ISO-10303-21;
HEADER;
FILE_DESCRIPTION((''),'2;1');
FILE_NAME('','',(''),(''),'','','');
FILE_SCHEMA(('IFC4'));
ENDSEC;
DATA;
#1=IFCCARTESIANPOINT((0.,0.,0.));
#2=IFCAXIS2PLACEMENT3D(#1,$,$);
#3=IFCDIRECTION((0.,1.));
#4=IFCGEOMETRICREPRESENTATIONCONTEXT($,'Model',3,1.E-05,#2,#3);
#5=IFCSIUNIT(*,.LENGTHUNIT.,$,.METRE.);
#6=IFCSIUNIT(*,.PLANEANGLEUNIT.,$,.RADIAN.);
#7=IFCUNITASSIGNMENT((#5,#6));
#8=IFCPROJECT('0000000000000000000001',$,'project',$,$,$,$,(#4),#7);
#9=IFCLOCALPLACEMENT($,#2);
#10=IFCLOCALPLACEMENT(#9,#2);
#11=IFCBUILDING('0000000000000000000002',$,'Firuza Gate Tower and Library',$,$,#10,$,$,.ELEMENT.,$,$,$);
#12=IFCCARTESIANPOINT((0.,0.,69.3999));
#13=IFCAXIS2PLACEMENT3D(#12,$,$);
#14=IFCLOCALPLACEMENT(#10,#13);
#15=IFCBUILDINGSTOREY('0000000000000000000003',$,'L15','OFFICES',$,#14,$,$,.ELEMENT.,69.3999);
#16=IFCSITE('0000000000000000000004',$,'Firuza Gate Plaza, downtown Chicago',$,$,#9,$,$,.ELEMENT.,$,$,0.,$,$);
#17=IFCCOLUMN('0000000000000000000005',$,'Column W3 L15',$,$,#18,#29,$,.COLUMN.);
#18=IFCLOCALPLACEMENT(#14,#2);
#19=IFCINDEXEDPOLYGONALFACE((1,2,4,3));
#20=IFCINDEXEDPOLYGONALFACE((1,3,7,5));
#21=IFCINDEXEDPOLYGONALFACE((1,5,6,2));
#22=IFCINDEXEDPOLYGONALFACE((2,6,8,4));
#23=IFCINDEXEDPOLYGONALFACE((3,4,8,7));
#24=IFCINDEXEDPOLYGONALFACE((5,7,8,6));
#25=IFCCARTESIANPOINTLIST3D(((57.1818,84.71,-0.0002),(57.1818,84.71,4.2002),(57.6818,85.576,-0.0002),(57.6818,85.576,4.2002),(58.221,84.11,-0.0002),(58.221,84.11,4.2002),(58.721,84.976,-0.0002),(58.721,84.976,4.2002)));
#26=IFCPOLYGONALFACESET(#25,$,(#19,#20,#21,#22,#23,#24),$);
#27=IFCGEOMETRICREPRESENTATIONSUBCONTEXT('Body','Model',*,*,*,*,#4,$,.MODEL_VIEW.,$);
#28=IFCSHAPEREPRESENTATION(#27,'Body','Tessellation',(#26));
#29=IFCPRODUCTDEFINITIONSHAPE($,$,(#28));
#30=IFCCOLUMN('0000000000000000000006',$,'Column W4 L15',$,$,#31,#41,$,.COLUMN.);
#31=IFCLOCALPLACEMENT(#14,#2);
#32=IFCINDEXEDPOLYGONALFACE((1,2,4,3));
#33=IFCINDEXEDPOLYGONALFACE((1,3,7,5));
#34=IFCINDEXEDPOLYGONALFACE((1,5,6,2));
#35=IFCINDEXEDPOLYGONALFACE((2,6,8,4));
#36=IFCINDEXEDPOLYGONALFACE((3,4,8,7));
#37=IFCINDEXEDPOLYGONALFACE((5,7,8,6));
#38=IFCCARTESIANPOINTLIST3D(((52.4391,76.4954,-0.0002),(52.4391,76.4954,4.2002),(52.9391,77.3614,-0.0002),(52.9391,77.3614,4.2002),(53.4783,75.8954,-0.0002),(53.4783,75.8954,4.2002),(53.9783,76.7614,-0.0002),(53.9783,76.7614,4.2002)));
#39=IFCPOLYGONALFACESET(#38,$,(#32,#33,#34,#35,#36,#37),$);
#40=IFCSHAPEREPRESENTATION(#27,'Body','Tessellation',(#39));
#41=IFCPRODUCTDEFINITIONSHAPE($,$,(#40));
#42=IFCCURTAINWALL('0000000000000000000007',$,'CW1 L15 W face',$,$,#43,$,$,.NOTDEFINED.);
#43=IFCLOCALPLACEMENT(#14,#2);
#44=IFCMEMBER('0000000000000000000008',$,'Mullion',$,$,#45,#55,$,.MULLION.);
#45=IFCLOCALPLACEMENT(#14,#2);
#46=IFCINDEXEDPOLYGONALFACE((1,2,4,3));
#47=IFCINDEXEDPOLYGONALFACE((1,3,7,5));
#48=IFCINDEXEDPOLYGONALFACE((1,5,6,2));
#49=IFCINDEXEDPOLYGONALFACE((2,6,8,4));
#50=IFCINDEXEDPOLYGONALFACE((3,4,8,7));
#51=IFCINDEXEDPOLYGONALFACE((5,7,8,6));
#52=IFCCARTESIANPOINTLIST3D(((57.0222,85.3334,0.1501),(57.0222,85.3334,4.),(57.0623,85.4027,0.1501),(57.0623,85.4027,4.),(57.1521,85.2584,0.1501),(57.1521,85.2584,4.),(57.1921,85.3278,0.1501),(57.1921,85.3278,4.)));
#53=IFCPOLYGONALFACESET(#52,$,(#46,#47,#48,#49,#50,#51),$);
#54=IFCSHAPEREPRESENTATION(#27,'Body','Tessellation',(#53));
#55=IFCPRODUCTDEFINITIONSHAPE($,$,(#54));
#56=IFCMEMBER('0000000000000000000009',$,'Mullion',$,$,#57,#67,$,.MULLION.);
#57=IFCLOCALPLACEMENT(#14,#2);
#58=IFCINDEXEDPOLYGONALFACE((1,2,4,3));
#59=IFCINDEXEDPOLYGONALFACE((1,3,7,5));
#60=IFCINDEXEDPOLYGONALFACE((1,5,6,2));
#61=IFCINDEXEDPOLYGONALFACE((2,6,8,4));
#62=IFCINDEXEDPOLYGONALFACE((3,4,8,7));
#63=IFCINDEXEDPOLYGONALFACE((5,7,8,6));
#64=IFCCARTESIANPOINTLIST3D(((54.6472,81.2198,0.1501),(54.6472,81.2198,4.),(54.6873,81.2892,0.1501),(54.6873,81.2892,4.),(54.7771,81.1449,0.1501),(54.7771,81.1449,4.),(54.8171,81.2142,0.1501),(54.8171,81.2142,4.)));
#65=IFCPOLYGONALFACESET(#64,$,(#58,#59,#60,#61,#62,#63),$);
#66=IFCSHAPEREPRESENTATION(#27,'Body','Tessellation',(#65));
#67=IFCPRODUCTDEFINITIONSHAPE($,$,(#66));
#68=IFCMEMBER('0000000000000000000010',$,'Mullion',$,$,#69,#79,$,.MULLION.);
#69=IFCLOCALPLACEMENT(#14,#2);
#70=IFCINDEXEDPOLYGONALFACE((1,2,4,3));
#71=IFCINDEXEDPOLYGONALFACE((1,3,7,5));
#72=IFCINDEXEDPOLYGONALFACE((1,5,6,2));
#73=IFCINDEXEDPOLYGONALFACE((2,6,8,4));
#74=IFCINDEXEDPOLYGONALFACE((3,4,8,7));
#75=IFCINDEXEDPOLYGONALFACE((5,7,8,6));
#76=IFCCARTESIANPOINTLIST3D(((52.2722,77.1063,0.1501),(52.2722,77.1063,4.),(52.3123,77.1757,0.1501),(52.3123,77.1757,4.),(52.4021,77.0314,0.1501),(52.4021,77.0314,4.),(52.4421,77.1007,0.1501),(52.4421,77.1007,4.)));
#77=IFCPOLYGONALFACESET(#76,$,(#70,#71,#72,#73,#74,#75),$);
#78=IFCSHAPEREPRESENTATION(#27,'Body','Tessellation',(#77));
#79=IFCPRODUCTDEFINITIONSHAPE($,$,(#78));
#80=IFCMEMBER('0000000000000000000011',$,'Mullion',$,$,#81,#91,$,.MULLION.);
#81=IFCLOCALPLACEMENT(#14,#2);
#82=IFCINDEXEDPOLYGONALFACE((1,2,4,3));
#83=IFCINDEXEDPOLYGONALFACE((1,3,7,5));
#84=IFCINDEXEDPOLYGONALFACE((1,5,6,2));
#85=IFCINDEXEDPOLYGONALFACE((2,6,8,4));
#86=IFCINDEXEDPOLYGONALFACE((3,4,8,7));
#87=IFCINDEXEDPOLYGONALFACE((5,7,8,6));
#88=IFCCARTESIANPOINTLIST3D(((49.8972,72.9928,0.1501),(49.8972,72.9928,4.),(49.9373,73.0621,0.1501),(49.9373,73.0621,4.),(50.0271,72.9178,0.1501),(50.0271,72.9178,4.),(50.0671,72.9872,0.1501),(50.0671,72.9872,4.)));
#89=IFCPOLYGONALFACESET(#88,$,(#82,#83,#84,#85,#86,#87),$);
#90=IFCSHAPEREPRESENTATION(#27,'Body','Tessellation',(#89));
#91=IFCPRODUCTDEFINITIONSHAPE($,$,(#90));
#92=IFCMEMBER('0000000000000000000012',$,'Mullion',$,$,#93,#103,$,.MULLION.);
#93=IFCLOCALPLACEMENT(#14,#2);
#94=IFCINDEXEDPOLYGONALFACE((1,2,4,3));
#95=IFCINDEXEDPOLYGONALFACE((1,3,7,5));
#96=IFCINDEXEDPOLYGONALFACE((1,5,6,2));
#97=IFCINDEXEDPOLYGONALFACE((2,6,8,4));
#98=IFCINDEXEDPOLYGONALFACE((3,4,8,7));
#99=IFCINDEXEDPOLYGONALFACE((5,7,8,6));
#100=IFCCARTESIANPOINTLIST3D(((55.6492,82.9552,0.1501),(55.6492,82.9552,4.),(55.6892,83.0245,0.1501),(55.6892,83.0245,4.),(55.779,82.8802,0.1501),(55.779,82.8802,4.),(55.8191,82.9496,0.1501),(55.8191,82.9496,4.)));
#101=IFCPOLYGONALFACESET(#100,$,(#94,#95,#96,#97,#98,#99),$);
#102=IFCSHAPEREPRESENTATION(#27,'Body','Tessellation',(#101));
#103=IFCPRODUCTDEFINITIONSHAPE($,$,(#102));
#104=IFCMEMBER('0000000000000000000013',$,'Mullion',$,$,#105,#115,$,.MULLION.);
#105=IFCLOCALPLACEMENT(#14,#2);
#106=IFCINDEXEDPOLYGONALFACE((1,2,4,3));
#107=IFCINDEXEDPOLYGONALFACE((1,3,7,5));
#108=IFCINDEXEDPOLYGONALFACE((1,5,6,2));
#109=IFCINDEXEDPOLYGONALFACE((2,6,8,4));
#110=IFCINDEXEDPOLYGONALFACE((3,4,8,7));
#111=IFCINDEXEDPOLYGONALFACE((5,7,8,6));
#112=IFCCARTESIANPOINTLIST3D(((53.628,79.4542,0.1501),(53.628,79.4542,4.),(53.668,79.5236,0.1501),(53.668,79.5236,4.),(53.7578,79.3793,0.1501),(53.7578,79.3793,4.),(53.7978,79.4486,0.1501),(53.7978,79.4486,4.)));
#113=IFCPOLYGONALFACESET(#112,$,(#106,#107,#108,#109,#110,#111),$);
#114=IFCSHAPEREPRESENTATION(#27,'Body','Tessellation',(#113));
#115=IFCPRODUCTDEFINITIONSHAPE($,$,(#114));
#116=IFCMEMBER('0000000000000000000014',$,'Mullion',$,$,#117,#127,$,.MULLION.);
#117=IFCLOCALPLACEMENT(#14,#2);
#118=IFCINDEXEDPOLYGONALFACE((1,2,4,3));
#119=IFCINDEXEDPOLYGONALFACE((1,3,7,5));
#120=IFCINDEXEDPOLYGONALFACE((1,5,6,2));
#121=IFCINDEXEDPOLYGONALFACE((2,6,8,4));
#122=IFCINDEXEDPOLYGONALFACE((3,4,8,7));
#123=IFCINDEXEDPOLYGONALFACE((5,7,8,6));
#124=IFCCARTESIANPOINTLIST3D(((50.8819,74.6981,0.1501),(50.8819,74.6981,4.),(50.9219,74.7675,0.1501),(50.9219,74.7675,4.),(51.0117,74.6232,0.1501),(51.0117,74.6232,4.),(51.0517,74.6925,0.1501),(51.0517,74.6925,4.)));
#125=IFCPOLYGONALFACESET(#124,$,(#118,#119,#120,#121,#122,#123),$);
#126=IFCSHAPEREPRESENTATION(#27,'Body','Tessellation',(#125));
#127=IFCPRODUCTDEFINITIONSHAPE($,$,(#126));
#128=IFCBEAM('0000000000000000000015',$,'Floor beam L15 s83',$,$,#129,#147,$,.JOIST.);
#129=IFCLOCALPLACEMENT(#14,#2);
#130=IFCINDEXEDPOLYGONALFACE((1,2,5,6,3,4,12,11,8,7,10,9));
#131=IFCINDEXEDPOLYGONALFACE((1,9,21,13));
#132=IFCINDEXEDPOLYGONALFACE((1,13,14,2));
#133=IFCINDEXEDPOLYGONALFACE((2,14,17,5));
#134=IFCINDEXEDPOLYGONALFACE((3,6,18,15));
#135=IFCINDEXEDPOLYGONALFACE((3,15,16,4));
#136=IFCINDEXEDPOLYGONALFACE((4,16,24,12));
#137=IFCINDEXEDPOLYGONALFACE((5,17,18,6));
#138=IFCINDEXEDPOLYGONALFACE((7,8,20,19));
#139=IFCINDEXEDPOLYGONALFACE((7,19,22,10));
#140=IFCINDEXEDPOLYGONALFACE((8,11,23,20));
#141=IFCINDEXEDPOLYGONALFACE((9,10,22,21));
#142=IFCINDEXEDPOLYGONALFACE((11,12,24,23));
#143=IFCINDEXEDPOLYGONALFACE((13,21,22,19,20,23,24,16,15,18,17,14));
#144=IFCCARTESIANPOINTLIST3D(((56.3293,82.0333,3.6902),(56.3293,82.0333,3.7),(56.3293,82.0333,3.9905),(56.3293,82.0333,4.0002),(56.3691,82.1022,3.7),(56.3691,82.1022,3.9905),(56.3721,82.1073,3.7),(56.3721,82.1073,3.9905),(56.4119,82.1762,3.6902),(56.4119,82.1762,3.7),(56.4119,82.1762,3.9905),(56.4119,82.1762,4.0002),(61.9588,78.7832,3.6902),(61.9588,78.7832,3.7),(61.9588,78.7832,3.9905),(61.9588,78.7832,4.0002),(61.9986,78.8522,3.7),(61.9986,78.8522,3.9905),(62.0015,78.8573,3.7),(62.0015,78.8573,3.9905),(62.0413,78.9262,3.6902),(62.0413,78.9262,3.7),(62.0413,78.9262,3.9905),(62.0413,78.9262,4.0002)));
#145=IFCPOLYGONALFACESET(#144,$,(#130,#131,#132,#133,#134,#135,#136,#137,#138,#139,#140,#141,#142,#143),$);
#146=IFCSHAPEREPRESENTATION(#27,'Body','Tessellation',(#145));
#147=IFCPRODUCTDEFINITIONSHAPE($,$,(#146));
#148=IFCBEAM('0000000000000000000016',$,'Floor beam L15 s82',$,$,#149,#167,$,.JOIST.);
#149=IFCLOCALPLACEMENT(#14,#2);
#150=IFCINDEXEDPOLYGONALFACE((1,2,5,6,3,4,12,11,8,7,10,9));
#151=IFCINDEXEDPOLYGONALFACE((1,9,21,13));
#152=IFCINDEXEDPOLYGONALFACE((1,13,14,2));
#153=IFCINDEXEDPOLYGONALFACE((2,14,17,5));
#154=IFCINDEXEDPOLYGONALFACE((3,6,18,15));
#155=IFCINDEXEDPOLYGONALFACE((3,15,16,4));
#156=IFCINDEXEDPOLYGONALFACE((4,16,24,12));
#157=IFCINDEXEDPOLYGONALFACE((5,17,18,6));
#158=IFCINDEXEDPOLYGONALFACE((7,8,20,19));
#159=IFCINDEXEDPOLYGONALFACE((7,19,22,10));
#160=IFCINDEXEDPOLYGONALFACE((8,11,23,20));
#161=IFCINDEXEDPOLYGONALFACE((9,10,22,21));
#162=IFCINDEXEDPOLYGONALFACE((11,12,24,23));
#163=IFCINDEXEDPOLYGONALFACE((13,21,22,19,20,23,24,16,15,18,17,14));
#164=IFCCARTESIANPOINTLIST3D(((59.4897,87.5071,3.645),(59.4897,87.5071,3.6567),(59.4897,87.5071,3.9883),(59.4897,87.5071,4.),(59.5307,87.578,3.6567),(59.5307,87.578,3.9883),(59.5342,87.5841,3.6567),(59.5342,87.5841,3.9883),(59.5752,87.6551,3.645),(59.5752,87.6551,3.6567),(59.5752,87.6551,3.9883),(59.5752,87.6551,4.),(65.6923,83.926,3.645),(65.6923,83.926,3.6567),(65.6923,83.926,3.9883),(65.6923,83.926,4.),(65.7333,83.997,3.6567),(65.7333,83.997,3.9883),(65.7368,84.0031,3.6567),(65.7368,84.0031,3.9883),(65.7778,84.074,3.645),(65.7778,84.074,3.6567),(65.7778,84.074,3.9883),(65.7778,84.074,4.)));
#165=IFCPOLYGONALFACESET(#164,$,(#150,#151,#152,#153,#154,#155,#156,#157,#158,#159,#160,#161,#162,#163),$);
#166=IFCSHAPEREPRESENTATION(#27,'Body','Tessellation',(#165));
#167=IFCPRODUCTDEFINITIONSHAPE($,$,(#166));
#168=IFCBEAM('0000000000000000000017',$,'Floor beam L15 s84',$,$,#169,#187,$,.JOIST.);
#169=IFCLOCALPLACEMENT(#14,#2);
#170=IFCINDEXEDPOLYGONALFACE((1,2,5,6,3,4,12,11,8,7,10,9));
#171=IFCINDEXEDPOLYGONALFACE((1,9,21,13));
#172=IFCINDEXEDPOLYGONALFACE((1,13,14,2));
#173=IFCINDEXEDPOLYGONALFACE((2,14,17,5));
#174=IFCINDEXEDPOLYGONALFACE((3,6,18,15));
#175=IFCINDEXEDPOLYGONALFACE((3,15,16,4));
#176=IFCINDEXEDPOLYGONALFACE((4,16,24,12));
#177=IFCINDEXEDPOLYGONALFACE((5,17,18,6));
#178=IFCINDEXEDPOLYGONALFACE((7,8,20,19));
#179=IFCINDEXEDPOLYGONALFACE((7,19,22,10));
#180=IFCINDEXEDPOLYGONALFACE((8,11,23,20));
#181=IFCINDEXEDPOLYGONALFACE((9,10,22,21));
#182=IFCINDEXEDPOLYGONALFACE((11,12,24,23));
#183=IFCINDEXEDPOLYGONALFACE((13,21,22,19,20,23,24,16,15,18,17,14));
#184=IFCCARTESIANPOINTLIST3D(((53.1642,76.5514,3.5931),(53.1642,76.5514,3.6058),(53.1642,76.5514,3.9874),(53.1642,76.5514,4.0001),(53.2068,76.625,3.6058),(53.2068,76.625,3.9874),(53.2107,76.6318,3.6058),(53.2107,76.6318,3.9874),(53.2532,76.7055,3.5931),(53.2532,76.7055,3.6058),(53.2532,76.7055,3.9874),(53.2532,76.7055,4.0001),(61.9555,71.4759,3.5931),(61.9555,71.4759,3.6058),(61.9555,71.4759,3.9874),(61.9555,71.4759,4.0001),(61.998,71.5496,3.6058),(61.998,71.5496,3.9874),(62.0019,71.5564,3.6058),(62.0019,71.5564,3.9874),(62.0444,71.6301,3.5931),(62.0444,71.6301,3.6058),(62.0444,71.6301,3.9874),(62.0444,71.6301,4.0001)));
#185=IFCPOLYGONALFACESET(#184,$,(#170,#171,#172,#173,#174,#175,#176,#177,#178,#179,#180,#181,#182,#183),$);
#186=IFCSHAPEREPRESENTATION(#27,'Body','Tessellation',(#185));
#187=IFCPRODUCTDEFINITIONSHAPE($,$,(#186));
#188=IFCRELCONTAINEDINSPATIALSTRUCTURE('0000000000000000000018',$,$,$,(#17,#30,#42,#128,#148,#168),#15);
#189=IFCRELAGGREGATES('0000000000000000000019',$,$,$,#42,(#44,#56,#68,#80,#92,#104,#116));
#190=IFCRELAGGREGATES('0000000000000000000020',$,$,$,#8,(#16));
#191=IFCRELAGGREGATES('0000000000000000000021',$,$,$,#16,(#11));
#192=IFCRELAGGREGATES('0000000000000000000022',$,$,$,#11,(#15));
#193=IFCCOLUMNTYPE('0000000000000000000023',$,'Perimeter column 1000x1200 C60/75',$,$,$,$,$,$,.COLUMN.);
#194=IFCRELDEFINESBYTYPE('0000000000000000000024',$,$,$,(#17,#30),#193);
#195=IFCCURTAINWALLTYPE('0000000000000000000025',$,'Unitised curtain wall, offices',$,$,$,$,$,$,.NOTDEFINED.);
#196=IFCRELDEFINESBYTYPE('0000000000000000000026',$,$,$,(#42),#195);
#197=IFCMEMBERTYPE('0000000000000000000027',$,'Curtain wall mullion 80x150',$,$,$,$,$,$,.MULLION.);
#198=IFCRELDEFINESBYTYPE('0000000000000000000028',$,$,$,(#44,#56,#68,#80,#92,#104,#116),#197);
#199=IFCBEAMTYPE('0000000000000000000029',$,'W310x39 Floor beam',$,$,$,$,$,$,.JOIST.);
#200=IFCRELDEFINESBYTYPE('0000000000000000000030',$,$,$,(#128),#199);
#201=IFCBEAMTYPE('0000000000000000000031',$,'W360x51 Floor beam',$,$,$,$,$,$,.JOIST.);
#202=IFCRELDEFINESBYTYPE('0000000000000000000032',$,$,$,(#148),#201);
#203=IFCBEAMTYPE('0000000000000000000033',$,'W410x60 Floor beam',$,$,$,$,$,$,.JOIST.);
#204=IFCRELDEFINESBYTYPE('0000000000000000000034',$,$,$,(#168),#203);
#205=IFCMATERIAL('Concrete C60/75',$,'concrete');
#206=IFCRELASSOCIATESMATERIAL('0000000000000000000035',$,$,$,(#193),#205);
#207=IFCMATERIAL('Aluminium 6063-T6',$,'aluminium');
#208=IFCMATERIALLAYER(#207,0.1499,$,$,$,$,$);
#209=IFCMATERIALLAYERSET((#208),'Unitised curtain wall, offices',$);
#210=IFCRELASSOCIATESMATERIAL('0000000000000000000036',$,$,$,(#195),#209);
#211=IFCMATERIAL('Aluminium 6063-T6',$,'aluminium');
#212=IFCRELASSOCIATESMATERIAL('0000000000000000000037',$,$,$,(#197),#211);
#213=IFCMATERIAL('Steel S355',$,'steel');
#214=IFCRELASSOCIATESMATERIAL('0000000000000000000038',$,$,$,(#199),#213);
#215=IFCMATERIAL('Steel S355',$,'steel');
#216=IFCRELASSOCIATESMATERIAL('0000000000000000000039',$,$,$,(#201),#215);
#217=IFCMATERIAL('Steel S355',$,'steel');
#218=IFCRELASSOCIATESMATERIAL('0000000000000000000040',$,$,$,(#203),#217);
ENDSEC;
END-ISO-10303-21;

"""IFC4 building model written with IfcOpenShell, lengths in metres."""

from ifc_helpers import new_model, si_unit, direction, frame, origin, origin_2d, place, context, subcontext, project, spatial, rectangle, i_section, extrude, material, layer, layer_set, material_profile, profile_set, type_object, element, aggregate, save


model = new_model("IFC4")

# Units and contexts
model_context = context("Model", 3, precision=1e-05, world=origin(), true_north=direction((0.0, 1.0)))
body_context = subcontext(model_context, "Body", "Model", "MODEL_VIEW")
ifc_project = project(units=[si_unit("LENGTHUNIT", "METRE"), si_unit("PLANEANGLEUNIT", "RADIAN")], contexts=[model_context])

# Site, building, storey
site_placement = place(None, origin())
site = spatial("IfcSite", under=ifc_project, at=site_placement, Name="Firuza Gate Plaza, downtown Chicago", CompositionType="ELEMENT", RefElevation=0.0)
building_placement = place(site_placement, origin())
building = spatial("IfcBuilding", under=site, at=building_placement, Name="Firuza Gate Tower and Library", CompositionType="ELEMENT")
storey_placement = place(building_placement, frame((0.0, 0.0, 69.3999)))
storey = spatial("IfcBuildingStorey", under=building, at=storey_placement, Name="L15", Description="OFFICES", CompositionType="ELEMENT", Elevation=69.3999)

# Columns
ifc_material_1 = material(Name="Concrete C60/75", Category="concrete")
ifc_material_profile_1 = material_profile(ifc_material_1, rectangle(XDim=1.0, YDim=1.2, at=origin_2d()))
ifc_profile_set_1 = profile_set([ifc_material_profile_1], Name="Concrete C60/75")
column_type = type_object("IfcColumnType", Name="Perimeter column 1000x1200 C60/75", PredefinedType="COLUMN", material=ifc_profile_set_1)
for number, where, z_axis, x_axis, name in (
    (1, (57.9514, 84.843, -0.0002), (0.0, 0.0, 1.0), (-0.5, -0.866025, 0.0), "Column W3 L15"),
    (2, (53.2087, 76.6284, -0.0002), (0.0, 0.0, 1.0), (-0.5, -0.866025, 0.0), "Column W4 L15"),
):
    element("IfcColumn", number, at=place(storey_placement, frame(where, z_axis=z_axis, x_axis=x_axis)), inside=storey, type_object=column_type, Name=name, PredefinedType="COLUMN", context=body_context, shape_type="SweptSolid", body=[
        extrude(rectangle(XDim=1.0, YDim=1.2, at=origin_2d()), origin(), (0.0, 0.0, 1.0), 4.2004),
    ])

# Curtain wall, members
ifc_material_2 = material(Name="Aluminium 6063-T6", Category="aluminium")
ifc_layer_1 = layer(ifc_material_2, 0.1499)
ifc_layer_set_1 = layer_set([ifc_layer_1], Name="Unitised curtain wall, offices")
curtain_wall_type = type_object("IfcCurtainWallType", Name="Unitised curtain wall, offices", PredefinedType="NOTDEFINED", material=ifc_layer_set_1)
curtain_wall_placement = place(storey_placement, origin())
curtain_wall = element("IfcCurtainWall", 3, at=curtain_wall_placement, inside=storey, type_object=curtain_wall_type, Name="CW1 L15 W face", PredefinedType="NOTDEFINED")
ifc_material_3 = material(Name="Aluminium 6063-T6", Category="aluminium")
ifc_material_profile_2 = material_profile(ifc_material_3, rectangle(XDim=0.1499, YDim=0.0801, at=origin_2d()))
ifc_profile_set_2 = profile_set([ifc_material_profile_2], Name="Aluminium 6063-T6")
member_type = type_object("IfcMemberType", Name="Curtain wall mullion 80x150", PredefinedType="MULLION", material=ifc_profile_set_2)
member_1_placement = place(storey_placement, frame((57.1072, 85.3306, 0.1501), z_axis=(0.0, 0.0, 1.0), x_axis=(0.866025, -0.5, 0.0)))
member_1 = element("IfcMember", 4, at=member_1_placement, type_object=member_type, Name="Mullion", PredefinedType="MULLION", context=body_context, shape_type="SweptSolid", body=[
    extrude(rectangle(XDim=0.1499, YDim=0.0801, at=origin_2d()), origin(), (0.0, 0.0, 1.0), 3.8499),
])
member_2_placement = place(storey_placement, frame((54.7322, 81.217, 0.1501), z_axis=(0.0, 0.0, 1.0), x_axis=(0.866025, -0.5, 0.0)))
member_2 = element("IfcMember", 5, at=member_2_placement, type_object=member_type, Name="Mullion", PredefinedType="MULLION", context=body_context, shape_type="SweptSolid", body=[
    extrude(rectangle(XDim=0.1499, YDim=0.0801, at=origin_2d()), origin(), (0.0, 0.0, 1.0), 3.8499),
])
member_3_placement = place(storey_placement, frame((52.3572, 77.1035, 0.1501), z_axis=(0.0, 0.0, 1.0), x_axis=(0.866025, -0.5, 0.0)))
member_3 = element("IfcMember", 6, at=member_3_placement, type_object=member_type, Name="Mullion", PredefinedType="MULLION", context=body_context, shape_type="SweptSolid", body=[
    extrude(rectangle(XDim=0.1499, YDim=0.0801, at=origin_2d()), origin(), (0.0, 0.0, 1.0), 3.8499),
])
member_4_placement = place(storey_placement, frame((49.9822, 72.99, 0.1501), z_axis=(0.0, 0.0, 1.0), x_axis=(0.866025, -0.5, 0.0)))
member_4 = element("IfcMember", 7, at=member_4_placement, type_object=member_type, Name="Mullion", PredefinedType="MULLION", context=body_context, shape_type="SweptSolid", body=[
    extrude(rectangle(XDim=0.1499, YDim=0.0801, at=origin_2d()), origin(), (0.0, 0.0, 1.0), 3.8499),
])
member_5_placement = place(storey_placement, frame((55.7341, 82.9524, 0.1501), z_axis=(0.0, 0.0, 1.0), x_axis=(0.866025, -0.5, 0.0)))
member_5 = element("IfcMember", 8, at=member_5_placement, type_object=member_type, Name="Mullion", PredefinedType="MULLION", context=body_context, shape_type="SweptSolid", body=[
    extrude(rectangle(XDim=0.1499, YDim=0.0801, at=origin_2d()), origin(), (0.0, 0.0, 1.0), 3.8499),
])
member_6_placement = place(storey_placement, frame((53.7129, 79.4514, 0.1501), z_axis=(0.0, 0.0, 1.0), x_axis=(0.866025, -0.5, 0.0)))
member_6 = element("IfcMember", 9, at=member_6_placement, type_object=member_type, Name="Mullion", PredefinedType="MULLION", context=body_context, shape_type="SweptSolid", body=[
    extrude(rectangle(XDim=0.1499, YDim=0.0801, at=origin_2d()), origin(), (0.0, 0.0, 1.0), 3.8499),
])
member_7_placement = place(storey_placement, frame((50.9668, 74.6953, 0.1501), z_axis=(0.0, 0.0, 1.0), x_axis=(0.866025, -0.5, 0.0)))
member_7 = element("IfcMember", 10, at=member_7_placement, type_object=member_type, Name="Mullion", PredefinedType="MULLION", context=body_context, shape_type="SweptSolid", body=[
    extrude(rectangle(XDim=0.1499, YDim=0.0801, at=origin_2d()), origin(), (0.0, 0.0, 1.0), 3.8499),
])

# Beams
ifc_material_4 = material(Name="Steel S355", Category="steel")
ifc_material_profile_3 = material_profile(ifc_material_4, i_section(OverallWidth=0.165, OverallDepth=0.3101, WebThickness=0.0059, FlangeThickness=0.0098, at=origin_2d()))
ifc_profile_set_3 = profile_set([ifc_material_profile_3], Name="Steel S355")
beam_type_1 = type_object("IfcBeamType", Name="W310x39 Floor beam", PredefinedType="JOIST", material=ifc_profile_set_3)
beam_1_placement = place(storey_placement, frame((56.3706, 82.1047, 3.8452), z_axis=(0.866034, -0.499985, 0.0), x_axis=(0.499985, 0.866034, 0.0)))
element("IfcBeam", 11, at=beam_1_placement, inside=storey, type_object=beam_type_1, Name="Floor beam L15 s83", PredefinedType="JOIST", context=body_context, shape_type="SweptSolid", body=[
    extrude(i_section(OverallWidth=0.165, OverallDepth=0.3101, WebThickness=0.0059, FlangeThickness=0.0098, at=origin_2d()), origin(), (0.0, 0.0, 1.0), 6.5002),
])
ifc_material_5 = material(Name="Steel S355", Category="steel")
ifc_material_profile_4 = material_profile(ifc_material_5, i_section(OverallWidth=0.1709, OverallDepth=0.355, WebThickness=0.0071, FlangeThickness=0.0117, at=origin_2d()))
ifc_profile_set_4 = profile_set([ifc_material_profile_4], Name="Steel S355")
beam_type_2 = type_object("IfcBeamType", Name="W360x51 Floor beam", PredefinedType="JOIST", material=ifc_profile_set_4)
beam_2_placement = place(storey_placement, frame((59.5325, 87.5811, 3.8225), z_axis=(0.866028, -0.499996, 0.0), x_axis=(0.499996, 0.866028, 0.0)))
element("IfcBeam", 12, at=beam_2_placement, inside=storey, type_object=beam_type_2, Name="Floor beam L15 s82", PredefinedType="JOIST", context=body_context, shape_type="SweptSolid", body=[
    extrude(i_section(OverallWidth=0.1709, OverallDepth=0.355, WebThickness=0.0071, FlangeThickness=0.0117, at=origin_2d()), origin(), (0.0, 0.0, 1.0), 7.1621),
])
ifc_material_6 = material(Name="Steel S355", Category="steel")
ifc_material_profile_5 = material_profile(ifc_material_6, i_section(OverallWidth=0.178, OverallDepth=0.407, WebThickness=0.0078, FlangeThickness=0.0127, at=origin_2d()))
ifc_profile_set_5 = profile_set([ifc_material_profile_5], Name="Steel S355")
beam_type_3 = type_object("IfcBeamType", Name="W410x60 Floor beam", PredefinedType="JOIST", material=ifc_profile_set_5)
beam_3_placement = place(storey_placement, frame((53.2087, 76.6284, 3.7966), z_axis=(0.866034, -0.499985, 0.0), x_axis=(0.499985, 0.866034, 0.0)))
element("IfcBeam", 13, at=beam_3_placement, inside=storey, type_object=beam_type_3, Name="Floor beam L15 s84", PredefinedType="JOIST", context=body_context, shape_type="SweptSolid", body=[
    extrude(i_section(OverallWidth=0.178, OverallDepth=0.407, WebThickness=0.0078, FlangeThickness=0.0127, at=origin_2d()), origin(), (0.0, 0.0, 1.0), 10.1511),
])

aggregate(curtain_wall, [member_1, member_2, member_3, member_4, member_5, member_6, member_7])

save(model, "model.ifc")
